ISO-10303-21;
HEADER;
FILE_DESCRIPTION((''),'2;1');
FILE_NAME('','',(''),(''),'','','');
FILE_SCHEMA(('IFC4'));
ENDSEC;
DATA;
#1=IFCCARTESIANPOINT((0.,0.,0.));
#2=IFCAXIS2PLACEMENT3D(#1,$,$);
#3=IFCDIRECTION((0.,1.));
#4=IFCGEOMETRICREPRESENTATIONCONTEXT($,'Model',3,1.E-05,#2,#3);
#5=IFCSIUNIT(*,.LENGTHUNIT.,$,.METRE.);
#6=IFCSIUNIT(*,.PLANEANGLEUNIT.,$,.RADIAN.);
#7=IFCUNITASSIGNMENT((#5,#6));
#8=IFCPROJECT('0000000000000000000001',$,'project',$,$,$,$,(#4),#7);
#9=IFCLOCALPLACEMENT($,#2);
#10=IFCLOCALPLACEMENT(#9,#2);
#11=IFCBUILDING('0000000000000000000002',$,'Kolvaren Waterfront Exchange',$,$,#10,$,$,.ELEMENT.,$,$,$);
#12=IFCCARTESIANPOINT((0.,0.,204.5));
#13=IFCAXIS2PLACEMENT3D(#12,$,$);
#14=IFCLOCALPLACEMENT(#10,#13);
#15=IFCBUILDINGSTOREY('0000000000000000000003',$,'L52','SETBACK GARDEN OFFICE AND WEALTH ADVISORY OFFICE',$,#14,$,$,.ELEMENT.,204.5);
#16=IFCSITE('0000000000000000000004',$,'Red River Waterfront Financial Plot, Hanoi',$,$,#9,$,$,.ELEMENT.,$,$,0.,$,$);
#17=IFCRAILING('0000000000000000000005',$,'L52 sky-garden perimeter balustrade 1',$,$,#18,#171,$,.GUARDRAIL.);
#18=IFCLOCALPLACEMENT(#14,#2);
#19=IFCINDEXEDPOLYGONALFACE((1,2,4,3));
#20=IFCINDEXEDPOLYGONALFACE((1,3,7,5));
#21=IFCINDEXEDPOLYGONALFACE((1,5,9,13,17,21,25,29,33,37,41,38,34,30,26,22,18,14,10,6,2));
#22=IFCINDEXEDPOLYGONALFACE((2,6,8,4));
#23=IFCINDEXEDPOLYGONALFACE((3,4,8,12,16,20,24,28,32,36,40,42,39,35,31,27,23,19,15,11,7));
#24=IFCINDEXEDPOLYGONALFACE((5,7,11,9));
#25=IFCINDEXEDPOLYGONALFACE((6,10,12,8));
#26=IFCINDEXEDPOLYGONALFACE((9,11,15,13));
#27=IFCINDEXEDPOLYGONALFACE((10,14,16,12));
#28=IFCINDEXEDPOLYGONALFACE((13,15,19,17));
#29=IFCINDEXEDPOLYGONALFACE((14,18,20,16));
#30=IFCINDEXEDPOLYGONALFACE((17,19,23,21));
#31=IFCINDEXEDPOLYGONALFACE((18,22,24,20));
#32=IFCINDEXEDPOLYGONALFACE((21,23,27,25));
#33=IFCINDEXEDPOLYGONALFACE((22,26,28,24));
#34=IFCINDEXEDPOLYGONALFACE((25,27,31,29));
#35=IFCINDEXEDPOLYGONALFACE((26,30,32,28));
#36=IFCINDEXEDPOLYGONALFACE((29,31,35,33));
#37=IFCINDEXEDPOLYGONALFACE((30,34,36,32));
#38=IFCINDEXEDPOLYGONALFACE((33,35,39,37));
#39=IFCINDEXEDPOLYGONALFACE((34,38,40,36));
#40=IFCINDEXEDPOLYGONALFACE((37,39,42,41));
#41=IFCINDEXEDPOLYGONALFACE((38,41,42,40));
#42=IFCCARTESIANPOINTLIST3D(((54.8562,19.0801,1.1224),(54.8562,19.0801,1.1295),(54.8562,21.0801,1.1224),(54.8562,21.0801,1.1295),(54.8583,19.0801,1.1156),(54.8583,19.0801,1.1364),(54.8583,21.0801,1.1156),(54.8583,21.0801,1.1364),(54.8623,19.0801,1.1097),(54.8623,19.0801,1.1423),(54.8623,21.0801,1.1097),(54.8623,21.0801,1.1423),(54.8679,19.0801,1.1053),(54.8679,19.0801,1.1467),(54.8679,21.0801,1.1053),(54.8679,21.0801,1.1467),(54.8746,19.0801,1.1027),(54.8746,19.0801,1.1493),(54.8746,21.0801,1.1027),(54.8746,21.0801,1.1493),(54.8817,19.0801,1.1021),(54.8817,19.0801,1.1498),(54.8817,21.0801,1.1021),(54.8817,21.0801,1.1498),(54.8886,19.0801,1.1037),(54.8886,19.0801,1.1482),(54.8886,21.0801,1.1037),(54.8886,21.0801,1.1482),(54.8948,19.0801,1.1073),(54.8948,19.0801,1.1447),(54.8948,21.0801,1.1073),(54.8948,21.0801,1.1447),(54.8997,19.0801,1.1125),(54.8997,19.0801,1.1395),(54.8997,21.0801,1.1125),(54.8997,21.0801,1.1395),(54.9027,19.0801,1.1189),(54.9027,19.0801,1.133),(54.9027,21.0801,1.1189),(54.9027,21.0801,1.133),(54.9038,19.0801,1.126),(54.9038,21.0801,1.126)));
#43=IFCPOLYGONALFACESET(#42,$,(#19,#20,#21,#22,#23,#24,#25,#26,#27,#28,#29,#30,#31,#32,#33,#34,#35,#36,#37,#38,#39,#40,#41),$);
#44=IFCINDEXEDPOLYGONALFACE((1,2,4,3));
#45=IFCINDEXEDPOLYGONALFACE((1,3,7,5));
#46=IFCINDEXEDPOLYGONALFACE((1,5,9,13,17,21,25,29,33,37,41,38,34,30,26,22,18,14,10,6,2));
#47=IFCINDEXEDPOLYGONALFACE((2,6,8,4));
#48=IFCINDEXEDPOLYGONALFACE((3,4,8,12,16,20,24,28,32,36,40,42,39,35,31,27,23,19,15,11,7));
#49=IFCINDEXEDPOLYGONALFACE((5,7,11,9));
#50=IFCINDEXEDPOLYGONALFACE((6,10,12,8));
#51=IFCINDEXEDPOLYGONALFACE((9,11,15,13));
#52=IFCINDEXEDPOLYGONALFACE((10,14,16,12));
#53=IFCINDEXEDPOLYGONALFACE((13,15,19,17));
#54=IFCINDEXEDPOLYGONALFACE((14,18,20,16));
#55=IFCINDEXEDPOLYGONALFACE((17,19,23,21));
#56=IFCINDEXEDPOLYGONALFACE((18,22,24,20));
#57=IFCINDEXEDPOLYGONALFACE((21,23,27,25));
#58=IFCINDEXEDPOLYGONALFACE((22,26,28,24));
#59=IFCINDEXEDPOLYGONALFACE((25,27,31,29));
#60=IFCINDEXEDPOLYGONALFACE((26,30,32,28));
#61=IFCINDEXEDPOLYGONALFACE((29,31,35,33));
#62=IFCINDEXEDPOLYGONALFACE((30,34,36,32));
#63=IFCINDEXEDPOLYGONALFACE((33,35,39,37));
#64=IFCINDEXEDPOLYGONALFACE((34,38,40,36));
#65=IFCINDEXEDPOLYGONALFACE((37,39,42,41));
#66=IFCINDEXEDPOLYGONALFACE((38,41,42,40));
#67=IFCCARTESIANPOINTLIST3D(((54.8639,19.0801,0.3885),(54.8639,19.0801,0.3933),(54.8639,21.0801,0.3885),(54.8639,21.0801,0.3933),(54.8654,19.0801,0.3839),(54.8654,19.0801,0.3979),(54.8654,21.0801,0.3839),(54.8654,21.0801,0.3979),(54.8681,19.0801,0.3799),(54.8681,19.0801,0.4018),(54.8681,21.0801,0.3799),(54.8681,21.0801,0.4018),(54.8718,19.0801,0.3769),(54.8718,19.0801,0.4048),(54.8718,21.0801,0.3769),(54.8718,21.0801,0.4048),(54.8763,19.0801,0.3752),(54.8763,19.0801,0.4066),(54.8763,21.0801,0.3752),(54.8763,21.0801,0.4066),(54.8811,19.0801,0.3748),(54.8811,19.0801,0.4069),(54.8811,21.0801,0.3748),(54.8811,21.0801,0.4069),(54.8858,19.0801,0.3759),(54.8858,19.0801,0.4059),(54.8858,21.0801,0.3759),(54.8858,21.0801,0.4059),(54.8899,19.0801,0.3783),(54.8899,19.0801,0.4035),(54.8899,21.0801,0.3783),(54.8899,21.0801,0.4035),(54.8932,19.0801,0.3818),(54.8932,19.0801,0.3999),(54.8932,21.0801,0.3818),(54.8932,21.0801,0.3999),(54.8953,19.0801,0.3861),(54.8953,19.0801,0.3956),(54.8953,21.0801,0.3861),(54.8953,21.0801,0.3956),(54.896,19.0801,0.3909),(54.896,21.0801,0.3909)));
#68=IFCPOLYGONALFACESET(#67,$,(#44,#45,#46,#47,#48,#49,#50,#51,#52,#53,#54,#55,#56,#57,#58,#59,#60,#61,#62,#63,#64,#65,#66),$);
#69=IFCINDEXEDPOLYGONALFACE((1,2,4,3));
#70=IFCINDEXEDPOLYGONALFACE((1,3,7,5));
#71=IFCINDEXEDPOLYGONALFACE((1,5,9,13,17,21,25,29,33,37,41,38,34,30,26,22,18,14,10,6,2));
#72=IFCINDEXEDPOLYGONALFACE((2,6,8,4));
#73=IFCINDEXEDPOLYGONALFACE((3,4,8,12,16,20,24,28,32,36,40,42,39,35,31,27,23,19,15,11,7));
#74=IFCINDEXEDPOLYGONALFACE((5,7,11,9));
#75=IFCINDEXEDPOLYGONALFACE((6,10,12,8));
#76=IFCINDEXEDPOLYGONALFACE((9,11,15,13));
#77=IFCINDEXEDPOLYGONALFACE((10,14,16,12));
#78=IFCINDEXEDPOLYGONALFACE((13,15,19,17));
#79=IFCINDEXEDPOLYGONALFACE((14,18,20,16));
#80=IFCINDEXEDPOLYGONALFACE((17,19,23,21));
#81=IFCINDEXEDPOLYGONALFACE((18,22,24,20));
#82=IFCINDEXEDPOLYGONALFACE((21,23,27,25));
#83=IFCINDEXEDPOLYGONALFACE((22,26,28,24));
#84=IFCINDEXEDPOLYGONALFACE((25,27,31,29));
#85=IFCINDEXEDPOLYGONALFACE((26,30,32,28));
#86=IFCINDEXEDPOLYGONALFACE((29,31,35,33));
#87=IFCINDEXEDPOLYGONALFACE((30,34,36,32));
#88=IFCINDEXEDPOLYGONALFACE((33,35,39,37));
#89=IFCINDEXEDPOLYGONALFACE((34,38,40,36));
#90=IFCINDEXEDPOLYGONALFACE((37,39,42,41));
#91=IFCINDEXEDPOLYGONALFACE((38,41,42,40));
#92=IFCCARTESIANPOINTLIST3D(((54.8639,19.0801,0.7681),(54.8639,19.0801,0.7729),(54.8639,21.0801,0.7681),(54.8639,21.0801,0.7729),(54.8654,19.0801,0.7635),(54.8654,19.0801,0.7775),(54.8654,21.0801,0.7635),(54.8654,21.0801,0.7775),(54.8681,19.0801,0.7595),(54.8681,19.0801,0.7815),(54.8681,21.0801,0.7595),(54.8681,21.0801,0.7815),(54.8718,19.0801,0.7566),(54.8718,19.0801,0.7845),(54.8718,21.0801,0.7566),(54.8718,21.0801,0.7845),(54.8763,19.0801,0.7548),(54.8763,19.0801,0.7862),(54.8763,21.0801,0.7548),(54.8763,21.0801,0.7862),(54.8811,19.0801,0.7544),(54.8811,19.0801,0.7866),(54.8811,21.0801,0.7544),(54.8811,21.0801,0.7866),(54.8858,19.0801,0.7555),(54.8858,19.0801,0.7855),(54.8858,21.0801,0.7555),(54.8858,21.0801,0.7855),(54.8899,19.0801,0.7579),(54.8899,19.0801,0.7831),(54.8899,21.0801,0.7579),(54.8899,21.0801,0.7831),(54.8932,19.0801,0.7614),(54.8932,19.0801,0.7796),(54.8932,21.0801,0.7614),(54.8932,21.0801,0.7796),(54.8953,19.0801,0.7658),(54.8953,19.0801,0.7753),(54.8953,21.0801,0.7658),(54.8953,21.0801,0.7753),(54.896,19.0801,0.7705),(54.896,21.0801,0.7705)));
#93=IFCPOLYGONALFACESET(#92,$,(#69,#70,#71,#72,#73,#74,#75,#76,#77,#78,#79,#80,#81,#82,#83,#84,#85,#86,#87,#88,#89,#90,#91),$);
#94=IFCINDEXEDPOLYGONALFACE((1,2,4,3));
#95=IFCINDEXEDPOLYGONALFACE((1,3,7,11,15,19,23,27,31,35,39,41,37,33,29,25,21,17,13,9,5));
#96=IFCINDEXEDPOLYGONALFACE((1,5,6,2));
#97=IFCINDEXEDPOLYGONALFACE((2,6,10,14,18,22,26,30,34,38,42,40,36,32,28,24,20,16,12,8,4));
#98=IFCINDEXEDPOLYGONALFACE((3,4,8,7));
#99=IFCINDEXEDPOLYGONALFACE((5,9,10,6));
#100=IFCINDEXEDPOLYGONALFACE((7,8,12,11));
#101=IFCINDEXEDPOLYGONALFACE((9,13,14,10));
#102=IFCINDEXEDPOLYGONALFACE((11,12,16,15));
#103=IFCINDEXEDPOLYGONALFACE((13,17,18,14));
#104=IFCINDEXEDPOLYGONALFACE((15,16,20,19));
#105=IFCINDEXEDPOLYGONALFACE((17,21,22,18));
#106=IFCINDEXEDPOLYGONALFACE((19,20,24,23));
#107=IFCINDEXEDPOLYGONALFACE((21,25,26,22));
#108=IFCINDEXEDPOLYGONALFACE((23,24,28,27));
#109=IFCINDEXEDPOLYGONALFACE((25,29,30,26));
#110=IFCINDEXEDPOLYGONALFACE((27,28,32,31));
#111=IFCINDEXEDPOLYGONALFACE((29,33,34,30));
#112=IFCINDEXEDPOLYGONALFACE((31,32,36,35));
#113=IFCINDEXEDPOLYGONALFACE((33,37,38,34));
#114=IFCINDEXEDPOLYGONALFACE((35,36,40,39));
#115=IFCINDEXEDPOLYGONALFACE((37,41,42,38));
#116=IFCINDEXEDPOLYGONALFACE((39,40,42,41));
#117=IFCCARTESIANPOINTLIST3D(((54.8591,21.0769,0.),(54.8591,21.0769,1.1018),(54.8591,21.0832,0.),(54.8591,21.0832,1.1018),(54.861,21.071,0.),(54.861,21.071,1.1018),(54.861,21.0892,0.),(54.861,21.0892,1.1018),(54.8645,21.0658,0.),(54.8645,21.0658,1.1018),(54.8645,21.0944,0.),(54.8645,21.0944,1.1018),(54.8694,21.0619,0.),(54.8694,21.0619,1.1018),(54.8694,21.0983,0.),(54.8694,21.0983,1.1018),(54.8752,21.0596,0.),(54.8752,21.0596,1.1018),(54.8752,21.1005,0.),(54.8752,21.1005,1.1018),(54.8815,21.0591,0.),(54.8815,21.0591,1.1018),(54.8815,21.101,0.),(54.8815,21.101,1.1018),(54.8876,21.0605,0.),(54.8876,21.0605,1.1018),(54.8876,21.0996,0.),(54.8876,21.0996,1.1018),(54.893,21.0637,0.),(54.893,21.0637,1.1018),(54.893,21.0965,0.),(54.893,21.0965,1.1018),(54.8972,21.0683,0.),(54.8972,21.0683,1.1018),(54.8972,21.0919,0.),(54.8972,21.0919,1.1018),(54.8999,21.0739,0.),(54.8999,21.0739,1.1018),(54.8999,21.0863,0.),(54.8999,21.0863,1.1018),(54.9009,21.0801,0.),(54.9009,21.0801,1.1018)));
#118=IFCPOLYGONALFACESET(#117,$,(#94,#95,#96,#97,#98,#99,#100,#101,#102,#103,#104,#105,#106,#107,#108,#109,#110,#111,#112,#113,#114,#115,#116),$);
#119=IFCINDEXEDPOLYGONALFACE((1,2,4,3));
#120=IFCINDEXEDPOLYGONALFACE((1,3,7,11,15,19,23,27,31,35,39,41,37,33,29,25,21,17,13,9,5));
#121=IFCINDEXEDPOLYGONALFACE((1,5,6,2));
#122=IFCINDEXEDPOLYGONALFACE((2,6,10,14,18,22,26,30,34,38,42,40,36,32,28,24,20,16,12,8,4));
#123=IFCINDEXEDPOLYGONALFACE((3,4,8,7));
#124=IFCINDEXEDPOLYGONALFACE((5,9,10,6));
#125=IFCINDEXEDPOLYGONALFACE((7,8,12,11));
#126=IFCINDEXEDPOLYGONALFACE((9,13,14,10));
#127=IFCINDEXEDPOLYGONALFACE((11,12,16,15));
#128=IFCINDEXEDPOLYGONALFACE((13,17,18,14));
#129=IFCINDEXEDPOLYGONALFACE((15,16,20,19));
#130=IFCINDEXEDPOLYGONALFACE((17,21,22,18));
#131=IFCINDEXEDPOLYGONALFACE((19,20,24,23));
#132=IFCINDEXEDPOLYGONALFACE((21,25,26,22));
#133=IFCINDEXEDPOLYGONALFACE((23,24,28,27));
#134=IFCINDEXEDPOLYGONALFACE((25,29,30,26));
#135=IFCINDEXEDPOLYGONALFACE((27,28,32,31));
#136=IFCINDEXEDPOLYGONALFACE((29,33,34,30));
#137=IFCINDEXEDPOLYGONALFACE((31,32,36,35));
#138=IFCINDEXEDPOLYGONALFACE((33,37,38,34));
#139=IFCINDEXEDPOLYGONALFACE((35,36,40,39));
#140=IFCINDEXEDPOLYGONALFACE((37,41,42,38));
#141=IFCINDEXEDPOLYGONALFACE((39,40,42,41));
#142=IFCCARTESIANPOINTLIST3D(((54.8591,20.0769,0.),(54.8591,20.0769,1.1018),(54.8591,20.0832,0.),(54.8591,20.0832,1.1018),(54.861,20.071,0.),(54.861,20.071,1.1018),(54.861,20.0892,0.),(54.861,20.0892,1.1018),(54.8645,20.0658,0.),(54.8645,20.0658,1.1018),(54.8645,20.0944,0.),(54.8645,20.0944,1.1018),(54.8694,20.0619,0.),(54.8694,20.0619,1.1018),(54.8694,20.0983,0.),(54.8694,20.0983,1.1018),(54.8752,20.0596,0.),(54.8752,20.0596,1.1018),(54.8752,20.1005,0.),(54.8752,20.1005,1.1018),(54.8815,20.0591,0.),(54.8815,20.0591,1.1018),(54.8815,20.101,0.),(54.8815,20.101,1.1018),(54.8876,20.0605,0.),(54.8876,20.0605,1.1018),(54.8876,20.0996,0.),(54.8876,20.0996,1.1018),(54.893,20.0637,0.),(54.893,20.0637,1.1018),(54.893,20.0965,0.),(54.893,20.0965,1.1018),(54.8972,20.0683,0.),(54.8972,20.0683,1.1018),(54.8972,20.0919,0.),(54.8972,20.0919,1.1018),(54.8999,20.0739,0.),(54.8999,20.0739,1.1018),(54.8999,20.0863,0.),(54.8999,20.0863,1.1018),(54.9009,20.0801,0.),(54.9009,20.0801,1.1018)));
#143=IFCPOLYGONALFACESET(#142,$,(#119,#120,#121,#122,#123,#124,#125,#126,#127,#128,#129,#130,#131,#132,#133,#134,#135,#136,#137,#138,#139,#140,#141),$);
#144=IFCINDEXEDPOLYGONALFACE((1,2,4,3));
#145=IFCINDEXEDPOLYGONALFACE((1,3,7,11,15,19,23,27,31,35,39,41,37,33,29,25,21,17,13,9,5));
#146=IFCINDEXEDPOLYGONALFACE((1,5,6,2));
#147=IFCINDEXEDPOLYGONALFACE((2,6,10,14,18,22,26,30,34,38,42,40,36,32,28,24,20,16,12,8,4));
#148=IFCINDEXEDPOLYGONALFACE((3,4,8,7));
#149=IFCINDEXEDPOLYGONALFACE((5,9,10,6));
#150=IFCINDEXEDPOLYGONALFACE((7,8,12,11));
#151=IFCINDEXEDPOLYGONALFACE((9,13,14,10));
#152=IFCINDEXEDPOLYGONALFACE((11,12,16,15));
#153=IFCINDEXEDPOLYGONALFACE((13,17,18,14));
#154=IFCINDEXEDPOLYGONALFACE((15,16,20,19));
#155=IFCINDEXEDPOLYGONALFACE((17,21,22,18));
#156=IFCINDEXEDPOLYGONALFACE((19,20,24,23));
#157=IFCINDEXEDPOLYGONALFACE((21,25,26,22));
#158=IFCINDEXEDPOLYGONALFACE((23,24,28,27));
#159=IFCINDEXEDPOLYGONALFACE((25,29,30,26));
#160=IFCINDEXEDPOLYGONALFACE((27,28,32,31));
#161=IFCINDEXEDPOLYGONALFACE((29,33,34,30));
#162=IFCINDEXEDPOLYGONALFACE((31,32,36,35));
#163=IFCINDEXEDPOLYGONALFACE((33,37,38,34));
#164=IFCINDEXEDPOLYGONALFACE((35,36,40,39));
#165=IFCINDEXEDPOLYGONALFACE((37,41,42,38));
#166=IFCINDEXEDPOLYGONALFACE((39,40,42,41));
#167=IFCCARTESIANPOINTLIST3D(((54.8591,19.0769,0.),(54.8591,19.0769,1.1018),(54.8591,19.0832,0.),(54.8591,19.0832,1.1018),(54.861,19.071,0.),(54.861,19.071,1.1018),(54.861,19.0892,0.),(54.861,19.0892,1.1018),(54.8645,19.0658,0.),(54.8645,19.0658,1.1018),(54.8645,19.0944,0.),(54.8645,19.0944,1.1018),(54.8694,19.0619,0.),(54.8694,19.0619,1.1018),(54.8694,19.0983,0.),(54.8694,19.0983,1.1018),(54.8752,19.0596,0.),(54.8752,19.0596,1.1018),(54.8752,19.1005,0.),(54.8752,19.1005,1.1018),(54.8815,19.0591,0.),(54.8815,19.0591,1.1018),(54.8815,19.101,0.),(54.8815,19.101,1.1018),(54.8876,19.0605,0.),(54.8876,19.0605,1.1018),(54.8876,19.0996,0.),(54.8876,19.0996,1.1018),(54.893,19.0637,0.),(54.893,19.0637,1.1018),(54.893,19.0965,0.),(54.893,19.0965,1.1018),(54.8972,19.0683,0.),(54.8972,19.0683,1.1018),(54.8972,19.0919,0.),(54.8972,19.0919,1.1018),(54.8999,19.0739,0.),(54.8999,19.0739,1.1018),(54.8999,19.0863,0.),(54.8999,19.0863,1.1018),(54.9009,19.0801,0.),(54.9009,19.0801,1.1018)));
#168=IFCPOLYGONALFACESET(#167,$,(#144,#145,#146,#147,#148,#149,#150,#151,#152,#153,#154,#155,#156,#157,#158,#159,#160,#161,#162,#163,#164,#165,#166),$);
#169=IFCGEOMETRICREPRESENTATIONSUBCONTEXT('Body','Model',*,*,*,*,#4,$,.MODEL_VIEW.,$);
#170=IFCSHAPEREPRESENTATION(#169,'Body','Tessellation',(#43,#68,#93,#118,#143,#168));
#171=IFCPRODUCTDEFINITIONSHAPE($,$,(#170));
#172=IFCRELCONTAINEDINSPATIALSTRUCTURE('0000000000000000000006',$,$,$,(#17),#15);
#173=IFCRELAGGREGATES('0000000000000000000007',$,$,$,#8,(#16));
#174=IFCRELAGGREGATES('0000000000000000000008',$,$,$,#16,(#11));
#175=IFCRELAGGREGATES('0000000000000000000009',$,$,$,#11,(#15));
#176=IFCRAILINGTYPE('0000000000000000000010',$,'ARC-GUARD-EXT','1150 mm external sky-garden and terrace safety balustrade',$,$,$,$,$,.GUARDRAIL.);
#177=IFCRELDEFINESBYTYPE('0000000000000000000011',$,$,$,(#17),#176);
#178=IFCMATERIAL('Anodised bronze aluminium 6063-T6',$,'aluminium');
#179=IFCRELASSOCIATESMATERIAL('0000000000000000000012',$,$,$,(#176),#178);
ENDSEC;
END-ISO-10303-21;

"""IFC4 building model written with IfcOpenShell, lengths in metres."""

from ifc_helpers import new_model, si_unit, direction, frame, origin, origin_2d, place, context, subcontext, project, spatial, circle, extrude, material, type_object, element, save


model = new_model("IFC4")

# Units and contexts
model_context = context("Model", 3, precision=1e-05, world=origin(), true_north=direction((0.0, 1.0)))
body_context = subcontext(model_context, "Body", "Model", "MODEL_VIEW")
ifc_project = project(units=[si_unit("LENGTHUNIT", "METRE"), si_unit("PLANEANGLEUNIT", "RADIAN")], contexts=[model_context])

# Site, building, storey
site_placement = place(None, origin())
site = spatial("IfcSite", under=ifc_project, at=site_placement, Name="Red River Waterfront Financial Plot, Hanoi", CompositionType="ELEMENT", RefElevation=0.0)
building_placement = place(site_placement, origin())
building = spatial("IfcBuilding", under=site, at=building_placement, Name="Kolvaren Waterfront Exchange", CompositionType="ELEMENT")
storey_placement = place(building_placement, frame((0.0, 0.0, 204.5)))
storey = spatial("IfcBuildingStorey", under=building, at=storey_placement, Name="L52", Description="SETBACK GARDEN OFFICE AND WEALTH ADVISORY OFFICE", CompositionType="ELEMENT", Elevation=204.5)

# Shared definitions
ifc_material_1 = material(Name="Anodised bronze aluminium 6063-T6", Category="aluminium")

# Railing
railing_type = type_object("IfcRailingType", Name="ARC-GUARD-EXT", Description="1150 mm external sky-garden and terrace safety balustrade", PredefinedType="GUARDRAIL", material=ifc_material_1)
railing_1_placement = place(storey_placement, frame((54.8799, 21.0801, 0.0)))
element("IfcRailing", 1, at=railing_1_placement, inside=storey, type_object=railing_type, Name="L52 sky-garden perimeter balustrade 1", PredefinedType="GUARDRAIL", context=body_context, shape_type="SweptSolid", body=[
    extrude(circle(Radius=0.0239, at=origin_2d()), frame((0.0, 0.0, 1.126), z_axis=(0.0, -1.0, 0.0), x_axis=(1.0, 0.0, 0.0)), (0.0, 0.0, 1.0), 2.0),
    extrude(circle(Radius=0.0161, at=origin_2d()), frame((0.0, 0.0, 0.3909), z_axis=(0.0, -1.0, 0.0), x_axis=(1.0, 0.0, 0.0)), (0.0, 0.0, 1.0), 2.0),
    extrude(circle(Radius=0.0161, at=origin_2d()), frame((0.0, 0.0, 0.7705), z_axis=(0.0, -1.0, 0.0), x_axis=(1.0, 0.0, 0.0)), (0.0, 0.0, 1.0), 2.0),
    extrude(circle(Radius=0.021, at=origin_2d()), origin(), (0.0, 0.0, 1.0), 1.1018),
    extrude(circle(Radius=0.021, at=origin_2d()), frame((0.0, -1.0, 0.0)), (0.0, 0.0, 1.0), 1.1018),
    extrude(circle(Radius=0.021, at=origin_2d()), frame((0.0, -2.0, 0.0)), (0.0, 0.0, 1.0), 1.1018),
])

save(model, "model.ifc")
